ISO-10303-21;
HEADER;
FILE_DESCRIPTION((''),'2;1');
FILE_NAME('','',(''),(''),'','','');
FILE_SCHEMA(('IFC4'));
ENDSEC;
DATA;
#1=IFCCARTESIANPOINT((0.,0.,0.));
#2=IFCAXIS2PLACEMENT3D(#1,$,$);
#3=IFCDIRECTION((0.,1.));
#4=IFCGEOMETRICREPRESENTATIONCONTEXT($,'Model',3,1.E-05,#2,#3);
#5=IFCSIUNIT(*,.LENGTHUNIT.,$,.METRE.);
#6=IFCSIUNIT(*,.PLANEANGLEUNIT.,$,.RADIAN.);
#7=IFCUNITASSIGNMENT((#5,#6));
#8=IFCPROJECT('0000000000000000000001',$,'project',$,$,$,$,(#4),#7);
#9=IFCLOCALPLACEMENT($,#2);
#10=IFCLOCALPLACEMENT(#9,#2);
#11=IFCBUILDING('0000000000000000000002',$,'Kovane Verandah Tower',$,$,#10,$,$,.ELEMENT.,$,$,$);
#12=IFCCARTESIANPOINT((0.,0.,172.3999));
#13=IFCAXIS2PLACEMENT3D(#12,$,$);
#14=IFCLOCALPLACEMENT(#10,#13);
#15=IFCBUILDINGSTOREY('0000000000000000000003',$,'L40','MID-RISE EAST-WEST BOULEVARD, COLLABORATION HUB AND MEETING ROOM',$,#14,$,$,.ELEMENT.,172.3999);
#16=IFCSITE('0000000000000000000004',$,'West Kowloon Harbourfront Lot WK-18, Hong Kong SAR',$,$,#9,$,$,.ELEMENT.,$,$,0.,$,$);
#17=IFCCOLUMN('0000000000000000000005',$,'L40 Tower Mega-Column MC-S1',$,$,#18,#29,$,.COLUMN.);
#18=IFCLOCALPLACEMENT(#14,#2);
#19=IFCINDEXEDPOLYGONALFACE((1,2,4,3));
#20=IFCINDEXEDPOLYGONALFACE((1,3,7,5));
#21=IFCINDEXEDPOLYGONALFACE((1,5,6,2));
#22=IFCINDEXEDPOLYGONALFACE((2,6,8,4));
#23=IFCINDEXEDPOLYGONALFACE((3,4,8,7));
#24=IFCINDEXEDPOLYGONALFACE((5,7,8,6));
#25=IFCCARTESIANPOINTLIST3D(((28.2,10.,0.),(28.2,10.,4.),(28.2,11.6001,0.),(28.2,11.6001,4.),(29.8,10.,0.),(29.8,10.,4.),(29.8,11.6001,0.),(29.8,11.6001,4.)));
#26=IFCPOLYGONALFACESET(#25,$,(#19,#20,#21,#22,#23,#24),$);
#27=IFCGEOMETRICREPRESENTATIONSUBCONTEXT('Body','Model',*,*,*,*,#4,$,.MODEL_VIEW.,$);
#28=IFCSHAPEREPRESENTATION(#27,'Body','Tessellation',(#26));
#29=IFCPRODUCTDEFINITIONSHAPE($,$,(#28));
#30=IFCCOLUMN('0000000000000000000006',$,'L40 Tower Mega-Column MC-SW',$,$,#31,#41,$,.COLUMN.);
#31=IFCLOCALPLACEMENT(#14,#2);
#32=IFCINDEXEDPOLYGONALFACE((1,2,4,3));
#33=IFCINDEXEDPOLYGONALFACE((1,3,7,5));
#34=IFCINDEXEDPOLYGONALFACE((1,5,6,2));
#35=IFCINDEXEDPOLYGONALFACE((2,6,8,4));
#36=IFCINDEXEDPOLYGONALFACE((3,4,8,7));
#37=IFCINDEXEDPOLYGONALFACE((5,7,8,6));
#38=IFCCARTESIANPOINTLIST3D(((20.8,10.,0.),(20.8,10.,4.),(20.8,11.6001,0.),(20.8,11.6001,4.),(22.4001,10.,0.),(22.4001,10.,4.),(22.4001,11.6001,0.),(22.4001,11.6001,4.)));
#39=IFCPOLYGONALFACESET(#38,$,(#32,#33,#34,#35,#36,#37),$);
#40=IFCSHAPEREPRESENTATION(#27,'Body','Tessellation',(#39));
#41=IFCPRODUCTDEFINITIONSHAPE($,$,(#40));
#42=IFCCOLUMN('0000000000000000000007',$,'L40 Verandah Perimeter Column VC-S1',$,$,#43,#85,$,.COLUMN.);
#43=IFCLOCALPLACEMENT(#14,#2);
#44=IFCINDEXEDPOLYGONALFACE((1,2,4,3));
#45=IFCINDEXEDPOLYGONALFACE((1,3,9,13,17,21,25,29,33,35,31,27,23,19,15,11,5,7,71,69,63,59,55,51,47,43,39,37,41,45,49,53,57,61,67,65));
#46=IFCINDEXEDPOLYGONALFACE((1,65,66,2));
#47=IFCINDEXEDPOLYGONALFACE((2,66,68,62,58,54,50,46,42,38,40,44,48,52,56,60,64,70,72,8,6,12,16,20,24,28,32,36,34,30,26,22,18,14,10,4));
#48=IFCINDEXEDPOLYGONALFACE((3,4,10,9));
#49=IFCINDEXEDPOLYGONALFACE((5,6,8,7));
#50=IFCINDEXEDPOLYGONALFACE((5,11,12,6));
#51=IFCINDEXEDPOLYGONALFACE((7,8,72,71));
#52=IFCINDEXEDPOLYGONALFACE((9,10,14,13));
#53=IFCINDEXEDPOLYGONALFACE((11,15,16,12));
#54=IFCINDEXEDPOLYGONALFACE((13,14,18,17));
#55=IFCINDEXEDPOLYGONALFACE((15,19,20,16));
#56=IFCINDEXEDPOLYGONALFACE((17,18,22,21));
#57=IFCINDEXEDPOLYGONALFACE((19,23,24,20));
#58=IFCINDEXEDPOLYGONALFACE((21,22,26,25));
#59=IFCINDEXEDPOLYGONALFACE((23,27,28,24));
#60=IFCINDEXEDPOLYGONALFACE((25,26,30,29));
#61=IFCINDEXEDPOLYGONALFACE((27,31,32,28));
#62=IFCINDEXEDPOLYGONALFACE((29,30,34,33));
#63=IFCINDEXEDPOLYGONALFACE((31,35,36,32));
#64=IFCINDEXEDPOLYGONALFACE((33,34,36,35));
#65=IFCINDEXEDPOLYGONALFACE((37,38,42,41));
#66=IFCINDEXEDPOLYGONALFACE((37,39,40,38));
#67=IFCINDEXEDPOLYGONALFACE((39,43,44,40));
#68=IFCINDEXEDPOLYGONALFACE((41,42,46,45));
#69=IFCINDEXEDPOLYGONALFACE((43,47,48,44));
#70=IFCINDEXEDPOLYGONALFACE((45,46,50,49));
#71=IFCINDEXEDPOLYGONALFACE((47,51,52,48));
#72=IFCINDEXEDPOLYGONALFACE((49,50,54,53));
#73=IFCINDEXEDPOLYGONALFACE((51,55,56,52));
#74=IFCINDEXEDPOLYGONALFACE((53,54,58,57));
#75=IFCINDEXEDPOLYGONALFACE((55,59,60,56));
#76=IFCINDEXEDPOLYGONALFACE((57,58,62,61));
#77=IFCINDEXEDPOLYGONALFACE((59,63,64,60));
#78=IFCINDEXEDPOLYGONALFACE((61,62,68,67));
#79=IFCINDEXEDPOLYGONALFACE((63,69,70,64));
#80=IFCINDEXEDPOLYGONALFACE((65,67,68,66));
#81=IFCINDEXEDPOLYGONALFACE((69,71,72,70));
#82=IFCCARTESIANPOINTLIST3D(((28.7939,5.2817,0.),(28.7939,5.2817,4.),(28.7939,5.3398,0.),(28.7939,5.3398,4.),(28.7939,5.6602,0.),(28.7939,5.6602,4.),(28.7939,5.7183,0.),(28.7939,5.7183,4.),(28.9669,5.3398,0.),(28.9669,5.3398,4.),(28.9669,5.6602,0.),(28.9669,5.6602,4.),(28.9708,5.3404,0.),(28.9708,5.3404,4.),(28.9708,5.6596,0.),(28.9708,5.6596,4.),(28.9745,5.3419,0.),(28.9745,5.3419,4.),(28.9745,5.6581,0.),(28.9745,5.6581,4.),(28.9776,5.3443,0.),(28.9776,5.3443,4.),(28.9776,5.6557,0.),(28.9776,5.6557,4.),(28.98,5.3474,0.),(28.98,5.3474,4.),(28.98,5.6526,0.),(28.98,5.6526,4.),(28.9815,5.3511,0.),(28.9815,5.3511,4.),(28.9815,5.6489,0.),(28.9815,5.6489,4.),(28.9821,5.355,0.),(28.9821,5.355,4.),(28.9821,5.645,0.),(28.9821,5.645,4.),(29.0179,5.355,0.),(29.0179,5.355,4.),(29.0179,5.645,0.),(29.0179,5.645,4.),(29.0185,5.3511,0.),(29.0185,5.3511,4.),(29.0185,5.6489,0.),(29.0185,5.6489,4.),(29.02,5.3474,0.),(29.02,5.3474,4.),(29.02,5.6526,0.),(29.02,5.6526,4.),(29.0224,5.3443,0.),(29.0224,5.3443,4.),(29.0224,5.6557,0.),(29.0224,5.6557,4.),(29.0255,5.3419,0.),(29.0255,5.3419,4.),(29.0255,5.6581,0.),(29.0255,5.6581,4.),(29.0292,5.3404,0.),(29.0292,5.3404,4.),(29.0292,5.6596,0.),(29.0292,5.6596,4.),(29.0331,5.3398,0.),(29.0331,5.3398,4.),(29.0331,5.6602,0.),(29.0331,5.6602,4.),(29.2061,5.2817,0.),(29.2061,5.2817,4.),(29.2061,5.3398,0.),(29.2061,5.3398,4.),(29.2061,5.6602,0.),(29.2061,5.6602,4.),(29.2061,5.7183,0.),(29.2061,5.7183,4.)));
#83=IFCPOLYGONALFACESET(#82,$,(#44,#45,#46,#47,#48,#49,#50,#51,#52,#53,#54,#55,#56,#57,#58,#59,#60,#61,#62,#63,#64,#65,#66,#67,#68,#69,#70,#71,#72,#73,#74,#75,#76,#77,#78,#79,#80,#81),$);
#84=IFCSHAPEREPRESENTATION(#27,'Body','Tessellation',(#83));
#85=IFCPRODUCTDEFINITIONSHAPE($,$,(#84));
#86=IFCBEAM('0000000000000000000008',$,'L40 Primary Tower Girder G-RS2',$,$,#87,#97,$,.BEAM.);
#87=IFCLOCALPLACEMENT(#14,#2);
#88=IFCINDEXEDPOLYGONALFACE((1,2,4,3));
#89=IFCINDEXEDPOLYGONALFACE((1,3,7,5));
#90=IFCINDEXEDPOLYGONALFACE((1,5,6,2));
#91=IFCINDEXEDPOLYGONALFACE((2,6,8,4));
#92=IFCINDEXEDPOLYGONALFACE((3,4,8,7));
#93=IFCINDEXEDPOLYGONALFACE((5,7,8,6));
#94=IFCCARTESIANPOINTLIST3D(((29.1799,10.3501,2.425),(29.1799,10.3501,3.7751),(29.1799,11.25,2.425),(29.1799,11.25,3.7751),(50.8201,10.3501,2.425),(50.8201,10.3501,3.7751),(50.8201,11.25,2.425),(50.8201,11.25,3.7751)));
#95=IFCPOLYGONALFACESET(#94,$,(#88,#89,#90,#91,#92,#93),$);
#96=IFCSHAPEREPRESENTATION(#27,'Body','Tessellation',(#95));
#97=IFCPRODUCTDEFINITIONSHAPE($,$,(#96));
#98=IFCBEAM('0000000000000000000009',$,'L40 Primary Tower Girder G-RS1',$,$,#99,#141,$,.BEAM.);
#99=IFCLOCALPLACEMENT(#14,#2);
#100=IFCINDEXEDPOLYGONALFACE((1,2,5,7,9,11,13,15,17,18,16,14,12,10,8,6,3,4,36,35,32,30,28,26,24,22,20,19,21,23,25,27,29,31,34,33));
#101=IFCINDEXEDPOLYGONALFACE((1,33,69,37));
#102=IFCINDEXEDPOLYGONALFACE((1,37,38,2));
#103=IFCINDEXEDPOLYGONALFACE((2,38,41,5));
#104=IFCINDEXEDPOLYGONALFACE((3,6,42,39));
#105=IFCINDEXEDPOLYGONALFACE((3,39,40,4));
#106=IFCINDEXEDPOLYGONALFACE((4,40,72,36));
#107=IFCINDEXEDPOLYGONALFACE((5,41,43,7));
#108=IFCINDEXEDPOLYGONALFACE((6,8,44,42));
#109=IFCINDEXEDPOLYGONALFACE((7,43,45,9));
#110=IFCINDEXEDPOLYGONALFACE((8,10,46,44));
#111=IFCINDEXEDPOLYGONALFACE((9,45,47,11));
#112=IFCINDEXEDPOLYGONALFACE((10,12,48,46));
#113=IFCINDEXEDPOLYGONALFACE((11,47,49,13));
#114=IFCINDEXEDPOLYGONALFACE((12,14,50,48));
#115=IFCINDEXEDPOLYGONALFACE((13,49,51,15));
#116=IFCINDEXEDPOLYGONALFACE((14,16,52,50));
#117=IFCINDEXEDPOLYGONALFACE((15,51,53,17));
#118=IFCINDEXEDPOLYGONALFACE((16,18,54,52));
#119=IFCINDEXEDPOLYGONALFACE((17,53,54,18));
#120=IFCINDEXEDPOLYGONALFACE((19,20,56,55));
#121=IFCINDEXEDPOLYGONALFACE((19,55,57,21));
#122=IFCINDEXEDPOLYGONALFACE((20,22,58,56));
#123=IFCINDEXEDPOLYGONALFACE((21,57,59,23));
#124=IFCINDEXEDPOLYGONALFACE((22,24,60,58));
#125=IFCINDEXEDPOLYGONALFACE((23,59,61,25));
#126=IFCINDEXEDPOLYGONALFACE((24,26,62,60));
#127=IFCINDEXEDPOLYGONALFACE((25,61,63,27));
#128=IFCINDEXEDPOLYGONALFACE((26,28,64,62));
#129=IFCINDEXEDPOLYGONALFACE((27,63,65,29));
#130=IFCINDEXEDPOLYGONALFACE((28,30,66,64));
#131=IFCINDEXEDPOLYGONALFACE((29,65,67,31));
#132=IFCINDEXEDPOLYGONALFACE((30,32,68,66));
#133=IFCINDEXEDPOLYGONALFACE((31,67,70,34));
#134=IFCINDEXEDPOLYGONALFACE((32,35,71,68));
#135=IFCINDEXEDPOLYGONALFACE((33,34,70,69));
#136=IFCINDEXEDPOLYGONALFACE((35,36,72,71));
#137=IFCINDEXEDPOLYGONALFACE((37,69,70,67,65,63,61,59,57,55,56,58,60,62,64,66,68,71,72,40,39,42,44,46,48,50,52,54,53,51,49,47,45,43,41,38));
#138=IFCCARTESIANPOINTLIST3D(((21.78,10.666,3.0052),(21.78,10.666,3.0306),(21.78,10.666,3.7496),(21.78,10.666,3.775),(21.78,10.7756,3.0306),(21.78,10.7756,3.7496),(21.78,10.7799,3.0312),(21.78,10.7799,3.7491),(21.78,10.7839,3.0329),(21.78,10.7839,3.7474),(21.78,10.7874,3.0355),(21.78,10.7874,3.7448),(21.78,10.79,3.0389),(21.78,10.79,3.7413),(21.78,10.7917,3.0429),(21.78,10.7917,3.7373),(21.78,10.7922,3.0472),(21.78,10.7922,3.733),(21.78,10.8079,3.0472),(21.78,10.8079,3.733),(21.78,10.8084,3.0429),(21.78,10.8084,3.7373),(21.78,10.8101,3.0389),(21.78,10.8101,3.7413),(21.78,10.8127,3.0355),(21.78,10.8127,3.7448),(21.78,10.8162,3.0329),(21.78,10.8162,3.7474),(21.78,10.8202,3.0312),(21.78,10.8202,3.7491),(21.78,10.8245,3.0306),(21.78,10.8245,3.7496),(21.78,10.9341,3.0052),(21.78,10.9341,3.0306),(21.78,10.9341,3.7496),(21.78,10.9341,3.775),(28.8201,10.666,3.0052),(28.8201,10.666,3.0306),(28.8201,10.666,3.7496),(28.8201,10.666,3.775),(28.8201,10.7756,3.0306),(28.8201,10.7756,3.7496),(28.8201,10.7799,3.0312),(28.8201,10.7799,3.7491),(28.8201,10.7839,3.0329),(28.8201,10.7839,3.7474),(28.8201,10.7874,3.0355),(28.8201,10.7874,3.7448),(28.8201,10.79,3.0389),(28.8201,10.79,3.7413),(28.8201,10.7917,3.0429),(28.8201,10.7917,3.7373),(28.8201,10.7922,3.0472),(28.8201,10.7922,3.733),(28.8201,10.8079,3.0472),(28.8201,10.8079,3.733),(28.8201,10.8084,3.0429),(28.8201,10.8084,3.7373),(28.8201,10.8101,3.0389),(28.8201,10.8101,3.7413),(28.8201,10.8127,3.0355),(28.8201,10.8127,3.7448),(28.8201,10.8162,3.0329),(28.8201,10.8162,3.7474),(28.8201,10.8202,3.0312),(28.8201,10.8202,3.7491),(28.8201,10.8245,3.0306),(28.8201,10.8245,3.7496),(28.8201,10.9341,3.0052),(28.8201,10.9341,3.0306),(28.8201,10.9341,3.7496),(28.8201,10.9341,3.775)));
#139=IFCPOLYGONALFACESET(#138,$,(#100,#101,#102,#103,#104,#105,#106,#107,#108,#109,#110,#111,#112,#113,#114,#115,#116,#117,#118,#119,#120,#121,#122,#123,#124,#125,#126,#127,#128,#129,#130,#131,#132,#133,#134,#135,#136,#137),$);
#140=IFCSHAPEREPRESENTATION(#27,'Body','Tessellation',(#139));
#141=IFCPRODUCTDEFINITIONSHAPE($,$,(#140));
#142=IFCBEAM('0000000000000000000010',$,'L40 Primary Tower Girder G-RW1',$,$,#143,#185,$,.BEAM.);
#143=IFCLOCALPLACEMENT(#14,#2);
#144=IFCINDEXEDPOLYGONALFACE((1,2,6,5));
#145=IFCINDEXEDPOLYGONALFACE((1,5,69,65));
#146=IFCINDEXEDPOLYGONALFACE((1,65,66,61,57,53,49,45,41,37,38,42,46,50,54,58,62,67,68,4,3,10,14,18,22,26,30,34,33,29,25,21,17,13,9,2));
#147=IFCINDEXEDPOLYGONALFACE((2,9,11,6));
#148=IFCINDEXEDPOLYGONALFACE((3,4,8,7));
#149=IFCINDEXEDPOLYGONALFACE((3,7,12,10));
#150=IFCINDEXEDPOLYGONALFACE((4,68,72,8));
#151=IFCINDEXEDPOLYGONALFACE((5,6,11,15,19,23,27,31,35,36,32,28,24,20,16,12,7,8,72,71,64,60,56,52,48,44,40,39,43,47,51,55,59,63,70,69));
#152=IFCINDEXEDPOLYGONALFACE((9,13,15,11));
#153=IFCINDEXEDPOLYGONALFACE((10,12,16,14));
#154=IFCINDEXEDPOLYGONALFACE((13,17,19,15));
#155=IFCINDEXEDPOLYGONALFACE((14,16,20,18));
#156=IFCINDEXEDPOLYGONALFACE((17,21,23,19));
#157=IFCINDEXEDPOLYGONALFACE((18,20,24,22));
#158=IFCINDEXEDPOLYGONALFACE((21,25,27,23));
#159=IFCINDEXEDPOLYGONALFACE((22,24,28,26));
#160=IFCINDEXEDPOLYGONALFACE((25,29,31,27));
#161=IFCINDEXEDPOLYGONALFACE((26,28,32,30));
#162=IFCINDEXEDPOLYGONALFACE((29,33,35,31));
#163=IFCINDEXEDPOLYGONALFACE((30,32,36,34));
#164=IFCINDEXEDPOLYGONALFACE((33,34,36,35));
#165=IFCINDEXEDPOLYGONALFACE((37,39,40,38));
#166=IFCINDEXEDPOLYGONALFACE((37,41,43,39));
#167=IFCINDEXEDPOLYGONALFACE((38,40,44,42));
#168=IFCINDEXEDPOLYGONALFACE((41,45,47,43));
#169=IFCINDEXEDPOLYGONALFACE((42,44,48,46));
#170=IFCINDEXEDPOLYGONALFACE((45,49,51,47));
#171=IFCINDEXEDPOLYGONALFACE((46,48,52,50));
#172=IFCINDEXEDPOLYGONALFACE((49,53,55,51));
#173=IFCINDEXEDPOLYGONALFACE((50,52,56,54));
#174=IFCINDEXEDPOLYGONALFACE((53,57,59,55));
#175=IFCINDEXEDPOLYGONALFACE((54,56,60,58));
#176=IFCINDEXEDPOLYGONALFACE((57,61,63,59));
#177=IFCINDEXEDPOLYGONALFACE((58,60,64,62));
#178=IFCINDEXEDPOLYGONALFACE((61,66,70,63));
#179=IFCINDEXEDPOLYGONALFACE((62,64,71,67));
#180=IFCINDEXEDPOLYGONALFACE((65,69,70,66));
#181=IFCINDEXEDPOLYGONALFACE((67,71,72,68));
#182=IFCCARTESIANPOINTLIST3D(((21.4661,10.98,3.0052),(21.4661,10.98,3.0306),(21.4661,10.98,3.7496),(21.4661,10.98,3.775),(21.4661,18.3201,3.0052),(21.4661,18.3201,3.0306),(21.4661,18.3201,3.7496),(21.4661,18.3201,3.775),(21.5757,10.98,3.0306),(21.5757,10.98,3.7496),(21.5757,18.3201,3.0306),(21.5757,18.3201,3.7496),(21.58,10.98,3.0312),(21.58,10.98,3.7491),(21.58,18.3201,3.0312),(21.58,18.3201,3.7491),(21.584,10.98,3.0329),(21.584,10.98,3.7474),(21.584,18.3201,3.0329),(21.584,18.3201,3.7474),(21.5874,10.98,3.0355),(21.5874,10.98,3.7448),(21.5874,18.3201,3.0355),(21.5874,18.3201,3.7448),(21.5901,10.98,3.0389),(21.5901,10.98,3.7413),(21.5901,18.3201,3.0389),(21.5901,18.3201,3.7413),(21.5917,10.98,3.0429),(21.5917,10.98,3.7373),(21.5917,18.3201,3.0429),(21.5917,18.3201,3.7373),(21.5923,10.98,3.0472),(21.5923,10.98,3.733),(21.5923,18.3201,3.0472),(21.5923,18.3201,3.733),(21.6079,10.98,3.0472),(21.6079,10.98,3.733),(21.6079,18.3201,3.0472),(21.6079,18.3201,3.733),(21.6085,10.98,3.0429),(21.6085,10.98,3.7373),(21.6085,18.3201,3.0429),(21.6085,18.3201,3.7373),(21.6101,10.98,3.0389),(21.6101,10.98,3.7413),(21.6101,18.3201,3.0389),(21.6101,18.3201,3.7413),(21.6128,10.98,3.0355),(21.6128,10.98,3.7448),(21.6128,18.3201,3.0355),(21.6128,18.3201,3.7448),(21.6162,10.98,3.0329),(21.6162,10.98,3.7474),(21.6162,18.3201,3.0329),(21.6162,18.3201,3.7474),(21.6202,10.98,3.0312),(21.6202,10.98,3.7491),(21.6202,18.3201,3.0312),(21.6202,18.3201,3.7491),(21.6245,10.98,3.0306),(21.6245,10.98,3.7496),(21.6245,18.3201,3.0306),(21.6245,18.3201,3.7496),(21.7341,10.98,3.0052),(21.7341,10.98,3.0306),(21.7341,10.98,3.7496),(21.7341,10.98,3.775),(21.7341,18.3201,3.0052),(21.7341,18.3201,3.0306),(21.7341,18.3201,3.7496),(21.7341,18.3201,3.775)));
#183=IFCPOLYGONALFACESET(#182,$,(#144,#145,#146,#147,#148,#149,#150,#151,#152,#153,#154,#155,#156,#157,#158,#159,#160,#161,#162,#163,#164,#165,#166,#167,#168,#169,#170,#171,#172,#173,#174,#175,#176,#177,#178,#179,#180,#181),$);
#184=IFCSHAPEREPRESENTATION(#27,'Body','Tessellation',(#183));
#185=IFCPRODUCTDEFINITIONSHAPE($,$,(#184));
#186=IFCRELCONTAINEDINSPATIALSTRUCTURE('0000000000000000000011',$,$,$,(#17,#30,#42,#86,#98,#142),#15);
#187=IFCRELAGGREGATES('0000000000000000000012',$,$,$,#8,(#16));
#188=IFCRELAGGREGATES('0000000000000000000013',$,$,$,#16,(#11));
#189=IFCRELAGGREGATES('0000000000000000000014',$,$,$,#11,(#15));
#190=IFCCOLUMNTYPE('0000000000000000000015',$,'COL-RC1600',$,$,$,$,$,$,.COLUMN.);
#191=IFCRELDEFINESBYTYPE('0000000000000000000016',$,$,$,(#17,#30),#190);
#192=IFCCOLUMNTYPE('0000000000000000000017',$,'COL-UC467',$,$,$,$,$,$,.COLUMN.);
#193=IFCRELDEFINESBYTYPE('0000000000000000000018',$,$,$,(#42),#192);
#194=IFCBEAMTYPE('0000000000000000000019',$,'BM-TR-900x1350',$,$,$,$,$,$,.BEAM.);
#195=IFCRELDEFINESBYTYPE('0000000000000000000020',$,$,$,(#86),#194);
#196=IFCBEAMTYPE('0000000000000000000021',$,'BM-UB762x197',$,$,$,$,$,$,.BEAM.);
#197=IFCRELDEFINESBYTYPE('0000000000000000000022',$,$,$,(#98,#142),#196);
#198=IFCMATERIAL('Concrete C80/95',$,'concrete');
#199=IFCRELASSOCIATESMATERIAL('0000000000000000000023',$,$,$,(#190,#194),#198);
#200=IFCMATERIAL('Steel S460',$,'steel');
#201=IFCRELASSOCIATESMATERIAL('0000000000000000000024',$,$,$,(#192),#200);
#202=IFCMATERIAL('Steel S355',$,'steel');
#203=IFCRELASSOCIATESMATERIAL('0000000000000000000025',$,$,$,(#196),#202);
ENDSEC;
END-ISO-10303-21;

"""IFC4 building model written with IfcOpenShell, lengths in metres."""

from ifc_helpers import new_model, si_unit, direction, frame, origin, origin_2d, place, context, subcontext, project, spatial, rectangle, i_section, extrude, material, material_profile, profile_set, type_object, element, save


model = new_model("IFC4")

# Units and contexts
model_context = context("Model", 3, precision=1e-05, world=origin(), true_north=direction((0.0, 1.0)))
body_context = subcontext(model_context, "Body", "Model", "MODEL_VIEW")
ifc_project = project(units=[si_unit("LENGTHUNIT", "METRE"), si_unit("PLANEANGLEUNIT", "RADIAN")], contexts=[model_context])

# Site, building, storey
site_placement = place(None, origin())
site = spatial("IfcSite", under=ifc_project, at=site_placement, Name="West Kowloon Harbourfront Lot WK-18, Hong Kong SAR", CompositionType="ELEMENT", RefElevation=0.0)
building_placement = place(site_placement, origin())
building = spatial("IfcBuilding", under=site, at=building_placement, Name="Kovane Verandah Tower", CompositionType="ELEMENT")
storey_placement = place(building_placement, frame((0.0, 0.0, 172.3999)))
storey = spatial("IfcBuildingStorey", under=building, at=storey_placement, Name="L40", Description="MID-RISE EAST-WEST BOULEVARD, COLLABORATION HUB AND MEETING ROOM", CompositionType="ELEMENT", Elevation=172.3999)

# Columns
ifc_material_1 = material(Name="Concrete C80/95", Category="concrete")
ifc_material_profile_1 = material_profile(ifc_material_1, rectangle(XDim=1.6001, YDim=1.6001, at=origin_2d()), Name="RC1600x1600")
ifc_profile_set_1 = profile_set([ifc_material_profile_1], Name="Concrete C80/95")
column_type_1 = type_object("IfcColumnType", Name="COL-RC1600", PredefinedType="COLUMN", material=ifc_profile_set_1)
for number, where, z_axis, x_axis, name in (
    (1, (29.0, 10.8, 0.0), (0.0, 0.0, 1.0), (1.0, 0.0, 0.0), "L40 Tower Mega-Column MC-S1"),
    (2, (21.6001, 10.8, 0.0), (0.0, 0.0, 1.0), (1.0, 0.0, 0.0), "L40 Tower Mega-Column MC-SW"),
):
    element("IfcColumn", number, at=place(storey_placement, frame(where, z_axis=z_axis, x_axis=x_axis)), inside=storey, type_object=column_type_1, Name=name, PredefinedType="COLUMN", context=body_context, shape_type="SweptSolid", body=[
        extrude(rectangle(XDim=1.6001, YDim=1.6001, at=origin_2d()), origin(), (0.0, 0.0, 1.0), 4.0),
    ])
ifc_material_2 = material(Name="Steel S460", Category="steel")
ifc_material_profile_2 = material_profile(ifc_material_2, i_section(OverallWidth=0.4121, OverallDepth=0.4365, WebThickness=0.0359, FlangeThickness=0.0581, FilletRadius=0.0151, at=origin_2d()), Name="UC356x406x467")
ifc_profile_set_2 = profile_set([ifc_material_profile_2], Name="Steel S460")
column_type_2 = type_object("IfcColumnType", Name="COL-UC467", PredefinedType="COLUMN", material=ifc_profile_set_2)
column_placement = place(storey_placement, frame((29.0, 5.5, 0.0), z_axis=(0.0, 0.0, 1.0), x_axis=(1.0, 0.0, 0.0)))
element("IfcColumn", 3, at=column_placement, inside=storey, type_object=column_type_2, Name="L40 Verandah Perimeter Column VC-S1", PredefinedType="COLUMN", context=body_context, shape_type="SweptSolid", body=[
    extrude(i_section(OverallWidth=0.4121, OverallDepth=0.4365, WebThickness=0.0359, FlangeThickness=0.0581, FilletRadius=0.0151, at=origin_2d()), origin(), (0.0, 0.0, 1.0), 4.0),
])

# Beams
ifc_material_profile_3 = material_profile(ifc_material_1, rectangle(XDim=0.8999, YDim=1.3501, at=origin_2d()), Name="RCB900x1350")
ifc_profile_set_3 = profile_set([ifc_material_profile_3], Name="Concrete C80/95")
beam_type_1 = type_object("IfcBeamType", Name="BM-TR-900x1350", PredefinedType="BEAM", material=ifc_profile_set_3)
beam_1_placement = place(storey_placement, frame((29.1799, 10.8, 3.1001), z_axis=(1.0, 0.0, 0.0), x_axis=(0.0, 1.0, 0.0)))
element("IfcBeam", 4, at=beam_1_placement, inside=storey, type_object=beam_type_1, Name="L40 Primary Tower Girder G-RS2", PredefinedType="BEAM", context=body_context, shape_type="SweptSolid", body=[
    extrude(rectangle(XDim=0.8999, YDim=1.3501, at=origin_2d()), origin(), (0.0, 0.0, 1.0), 21.6401),
])
ifc_material_3 = material(Name="Steel S355", Category="steel")
ifc_material_profile_4 = material_profile(ifc_material_3, i_section(OverallWidth=0.2681, OverallDepth=0.7698, WebThickness=0.0156, FlangeThickness=0.0254, FilletRadius=0.0166, at=origin_2d()), Name="UB762x267x197")
ifc_profile_set_4 = profile_set([ifc_material_profile_4], Name="Steel S355")
beam_type_2 = type_object("IfcBeamType", Name="BM-UB762x197", PredefinedType="BEAM", material=ifc_profile_set_4)
beam_2_placement = place(storey_placement, frame((21.78, 10.8, 3.3901), z_axis=(1.0, 0.0, 0.0), x_axis=(0.0, 1.0, 0.0)))
element("IfcBeam", 5, at=beam_2_placement, inside=storey, type_object=beam_type_2, Name="L40 Primary Tower Girder G-RS1", PredefinedType="BEAM", context=body_context, shape_type="SweptSolid", body=[
    extrude(i_section(OverallWidth=0.2681, OverallDepth=0.7698, WebThickness=0.0156, FlangeThickness=0.0254, FilletRadius=0.0166, at=origin_2d()), origin(), (0.0, 0.0, 1.0), 7.04),
])
beam_3_placement = place(storey_placement, frame((21.6001, 10.98, 3.3901), z_axis=(0.0, 1.0, 0.0), x_axis=(-1.0, 0.0, 0.0)))
element("IfcBeam", 6, at=beam_3_placement, inside=storey, type_object=beam_type_2, Name="L40 Primary Tower Girder G-RW1", PredefinedType="BEAM", context=body_context, shape_type="SweptSolid", body=[
    extrude(i_section(OverallWidth=0.2681, OverallDepth=0.7698, WebThickness=0.0156, FlangeThickness=0.0254, FilletRadius=0.0166, at=origin_2d()), origin(), (0.0, 0.0, 1.0), 7.3401),
])

save(model, "model.ifc")
